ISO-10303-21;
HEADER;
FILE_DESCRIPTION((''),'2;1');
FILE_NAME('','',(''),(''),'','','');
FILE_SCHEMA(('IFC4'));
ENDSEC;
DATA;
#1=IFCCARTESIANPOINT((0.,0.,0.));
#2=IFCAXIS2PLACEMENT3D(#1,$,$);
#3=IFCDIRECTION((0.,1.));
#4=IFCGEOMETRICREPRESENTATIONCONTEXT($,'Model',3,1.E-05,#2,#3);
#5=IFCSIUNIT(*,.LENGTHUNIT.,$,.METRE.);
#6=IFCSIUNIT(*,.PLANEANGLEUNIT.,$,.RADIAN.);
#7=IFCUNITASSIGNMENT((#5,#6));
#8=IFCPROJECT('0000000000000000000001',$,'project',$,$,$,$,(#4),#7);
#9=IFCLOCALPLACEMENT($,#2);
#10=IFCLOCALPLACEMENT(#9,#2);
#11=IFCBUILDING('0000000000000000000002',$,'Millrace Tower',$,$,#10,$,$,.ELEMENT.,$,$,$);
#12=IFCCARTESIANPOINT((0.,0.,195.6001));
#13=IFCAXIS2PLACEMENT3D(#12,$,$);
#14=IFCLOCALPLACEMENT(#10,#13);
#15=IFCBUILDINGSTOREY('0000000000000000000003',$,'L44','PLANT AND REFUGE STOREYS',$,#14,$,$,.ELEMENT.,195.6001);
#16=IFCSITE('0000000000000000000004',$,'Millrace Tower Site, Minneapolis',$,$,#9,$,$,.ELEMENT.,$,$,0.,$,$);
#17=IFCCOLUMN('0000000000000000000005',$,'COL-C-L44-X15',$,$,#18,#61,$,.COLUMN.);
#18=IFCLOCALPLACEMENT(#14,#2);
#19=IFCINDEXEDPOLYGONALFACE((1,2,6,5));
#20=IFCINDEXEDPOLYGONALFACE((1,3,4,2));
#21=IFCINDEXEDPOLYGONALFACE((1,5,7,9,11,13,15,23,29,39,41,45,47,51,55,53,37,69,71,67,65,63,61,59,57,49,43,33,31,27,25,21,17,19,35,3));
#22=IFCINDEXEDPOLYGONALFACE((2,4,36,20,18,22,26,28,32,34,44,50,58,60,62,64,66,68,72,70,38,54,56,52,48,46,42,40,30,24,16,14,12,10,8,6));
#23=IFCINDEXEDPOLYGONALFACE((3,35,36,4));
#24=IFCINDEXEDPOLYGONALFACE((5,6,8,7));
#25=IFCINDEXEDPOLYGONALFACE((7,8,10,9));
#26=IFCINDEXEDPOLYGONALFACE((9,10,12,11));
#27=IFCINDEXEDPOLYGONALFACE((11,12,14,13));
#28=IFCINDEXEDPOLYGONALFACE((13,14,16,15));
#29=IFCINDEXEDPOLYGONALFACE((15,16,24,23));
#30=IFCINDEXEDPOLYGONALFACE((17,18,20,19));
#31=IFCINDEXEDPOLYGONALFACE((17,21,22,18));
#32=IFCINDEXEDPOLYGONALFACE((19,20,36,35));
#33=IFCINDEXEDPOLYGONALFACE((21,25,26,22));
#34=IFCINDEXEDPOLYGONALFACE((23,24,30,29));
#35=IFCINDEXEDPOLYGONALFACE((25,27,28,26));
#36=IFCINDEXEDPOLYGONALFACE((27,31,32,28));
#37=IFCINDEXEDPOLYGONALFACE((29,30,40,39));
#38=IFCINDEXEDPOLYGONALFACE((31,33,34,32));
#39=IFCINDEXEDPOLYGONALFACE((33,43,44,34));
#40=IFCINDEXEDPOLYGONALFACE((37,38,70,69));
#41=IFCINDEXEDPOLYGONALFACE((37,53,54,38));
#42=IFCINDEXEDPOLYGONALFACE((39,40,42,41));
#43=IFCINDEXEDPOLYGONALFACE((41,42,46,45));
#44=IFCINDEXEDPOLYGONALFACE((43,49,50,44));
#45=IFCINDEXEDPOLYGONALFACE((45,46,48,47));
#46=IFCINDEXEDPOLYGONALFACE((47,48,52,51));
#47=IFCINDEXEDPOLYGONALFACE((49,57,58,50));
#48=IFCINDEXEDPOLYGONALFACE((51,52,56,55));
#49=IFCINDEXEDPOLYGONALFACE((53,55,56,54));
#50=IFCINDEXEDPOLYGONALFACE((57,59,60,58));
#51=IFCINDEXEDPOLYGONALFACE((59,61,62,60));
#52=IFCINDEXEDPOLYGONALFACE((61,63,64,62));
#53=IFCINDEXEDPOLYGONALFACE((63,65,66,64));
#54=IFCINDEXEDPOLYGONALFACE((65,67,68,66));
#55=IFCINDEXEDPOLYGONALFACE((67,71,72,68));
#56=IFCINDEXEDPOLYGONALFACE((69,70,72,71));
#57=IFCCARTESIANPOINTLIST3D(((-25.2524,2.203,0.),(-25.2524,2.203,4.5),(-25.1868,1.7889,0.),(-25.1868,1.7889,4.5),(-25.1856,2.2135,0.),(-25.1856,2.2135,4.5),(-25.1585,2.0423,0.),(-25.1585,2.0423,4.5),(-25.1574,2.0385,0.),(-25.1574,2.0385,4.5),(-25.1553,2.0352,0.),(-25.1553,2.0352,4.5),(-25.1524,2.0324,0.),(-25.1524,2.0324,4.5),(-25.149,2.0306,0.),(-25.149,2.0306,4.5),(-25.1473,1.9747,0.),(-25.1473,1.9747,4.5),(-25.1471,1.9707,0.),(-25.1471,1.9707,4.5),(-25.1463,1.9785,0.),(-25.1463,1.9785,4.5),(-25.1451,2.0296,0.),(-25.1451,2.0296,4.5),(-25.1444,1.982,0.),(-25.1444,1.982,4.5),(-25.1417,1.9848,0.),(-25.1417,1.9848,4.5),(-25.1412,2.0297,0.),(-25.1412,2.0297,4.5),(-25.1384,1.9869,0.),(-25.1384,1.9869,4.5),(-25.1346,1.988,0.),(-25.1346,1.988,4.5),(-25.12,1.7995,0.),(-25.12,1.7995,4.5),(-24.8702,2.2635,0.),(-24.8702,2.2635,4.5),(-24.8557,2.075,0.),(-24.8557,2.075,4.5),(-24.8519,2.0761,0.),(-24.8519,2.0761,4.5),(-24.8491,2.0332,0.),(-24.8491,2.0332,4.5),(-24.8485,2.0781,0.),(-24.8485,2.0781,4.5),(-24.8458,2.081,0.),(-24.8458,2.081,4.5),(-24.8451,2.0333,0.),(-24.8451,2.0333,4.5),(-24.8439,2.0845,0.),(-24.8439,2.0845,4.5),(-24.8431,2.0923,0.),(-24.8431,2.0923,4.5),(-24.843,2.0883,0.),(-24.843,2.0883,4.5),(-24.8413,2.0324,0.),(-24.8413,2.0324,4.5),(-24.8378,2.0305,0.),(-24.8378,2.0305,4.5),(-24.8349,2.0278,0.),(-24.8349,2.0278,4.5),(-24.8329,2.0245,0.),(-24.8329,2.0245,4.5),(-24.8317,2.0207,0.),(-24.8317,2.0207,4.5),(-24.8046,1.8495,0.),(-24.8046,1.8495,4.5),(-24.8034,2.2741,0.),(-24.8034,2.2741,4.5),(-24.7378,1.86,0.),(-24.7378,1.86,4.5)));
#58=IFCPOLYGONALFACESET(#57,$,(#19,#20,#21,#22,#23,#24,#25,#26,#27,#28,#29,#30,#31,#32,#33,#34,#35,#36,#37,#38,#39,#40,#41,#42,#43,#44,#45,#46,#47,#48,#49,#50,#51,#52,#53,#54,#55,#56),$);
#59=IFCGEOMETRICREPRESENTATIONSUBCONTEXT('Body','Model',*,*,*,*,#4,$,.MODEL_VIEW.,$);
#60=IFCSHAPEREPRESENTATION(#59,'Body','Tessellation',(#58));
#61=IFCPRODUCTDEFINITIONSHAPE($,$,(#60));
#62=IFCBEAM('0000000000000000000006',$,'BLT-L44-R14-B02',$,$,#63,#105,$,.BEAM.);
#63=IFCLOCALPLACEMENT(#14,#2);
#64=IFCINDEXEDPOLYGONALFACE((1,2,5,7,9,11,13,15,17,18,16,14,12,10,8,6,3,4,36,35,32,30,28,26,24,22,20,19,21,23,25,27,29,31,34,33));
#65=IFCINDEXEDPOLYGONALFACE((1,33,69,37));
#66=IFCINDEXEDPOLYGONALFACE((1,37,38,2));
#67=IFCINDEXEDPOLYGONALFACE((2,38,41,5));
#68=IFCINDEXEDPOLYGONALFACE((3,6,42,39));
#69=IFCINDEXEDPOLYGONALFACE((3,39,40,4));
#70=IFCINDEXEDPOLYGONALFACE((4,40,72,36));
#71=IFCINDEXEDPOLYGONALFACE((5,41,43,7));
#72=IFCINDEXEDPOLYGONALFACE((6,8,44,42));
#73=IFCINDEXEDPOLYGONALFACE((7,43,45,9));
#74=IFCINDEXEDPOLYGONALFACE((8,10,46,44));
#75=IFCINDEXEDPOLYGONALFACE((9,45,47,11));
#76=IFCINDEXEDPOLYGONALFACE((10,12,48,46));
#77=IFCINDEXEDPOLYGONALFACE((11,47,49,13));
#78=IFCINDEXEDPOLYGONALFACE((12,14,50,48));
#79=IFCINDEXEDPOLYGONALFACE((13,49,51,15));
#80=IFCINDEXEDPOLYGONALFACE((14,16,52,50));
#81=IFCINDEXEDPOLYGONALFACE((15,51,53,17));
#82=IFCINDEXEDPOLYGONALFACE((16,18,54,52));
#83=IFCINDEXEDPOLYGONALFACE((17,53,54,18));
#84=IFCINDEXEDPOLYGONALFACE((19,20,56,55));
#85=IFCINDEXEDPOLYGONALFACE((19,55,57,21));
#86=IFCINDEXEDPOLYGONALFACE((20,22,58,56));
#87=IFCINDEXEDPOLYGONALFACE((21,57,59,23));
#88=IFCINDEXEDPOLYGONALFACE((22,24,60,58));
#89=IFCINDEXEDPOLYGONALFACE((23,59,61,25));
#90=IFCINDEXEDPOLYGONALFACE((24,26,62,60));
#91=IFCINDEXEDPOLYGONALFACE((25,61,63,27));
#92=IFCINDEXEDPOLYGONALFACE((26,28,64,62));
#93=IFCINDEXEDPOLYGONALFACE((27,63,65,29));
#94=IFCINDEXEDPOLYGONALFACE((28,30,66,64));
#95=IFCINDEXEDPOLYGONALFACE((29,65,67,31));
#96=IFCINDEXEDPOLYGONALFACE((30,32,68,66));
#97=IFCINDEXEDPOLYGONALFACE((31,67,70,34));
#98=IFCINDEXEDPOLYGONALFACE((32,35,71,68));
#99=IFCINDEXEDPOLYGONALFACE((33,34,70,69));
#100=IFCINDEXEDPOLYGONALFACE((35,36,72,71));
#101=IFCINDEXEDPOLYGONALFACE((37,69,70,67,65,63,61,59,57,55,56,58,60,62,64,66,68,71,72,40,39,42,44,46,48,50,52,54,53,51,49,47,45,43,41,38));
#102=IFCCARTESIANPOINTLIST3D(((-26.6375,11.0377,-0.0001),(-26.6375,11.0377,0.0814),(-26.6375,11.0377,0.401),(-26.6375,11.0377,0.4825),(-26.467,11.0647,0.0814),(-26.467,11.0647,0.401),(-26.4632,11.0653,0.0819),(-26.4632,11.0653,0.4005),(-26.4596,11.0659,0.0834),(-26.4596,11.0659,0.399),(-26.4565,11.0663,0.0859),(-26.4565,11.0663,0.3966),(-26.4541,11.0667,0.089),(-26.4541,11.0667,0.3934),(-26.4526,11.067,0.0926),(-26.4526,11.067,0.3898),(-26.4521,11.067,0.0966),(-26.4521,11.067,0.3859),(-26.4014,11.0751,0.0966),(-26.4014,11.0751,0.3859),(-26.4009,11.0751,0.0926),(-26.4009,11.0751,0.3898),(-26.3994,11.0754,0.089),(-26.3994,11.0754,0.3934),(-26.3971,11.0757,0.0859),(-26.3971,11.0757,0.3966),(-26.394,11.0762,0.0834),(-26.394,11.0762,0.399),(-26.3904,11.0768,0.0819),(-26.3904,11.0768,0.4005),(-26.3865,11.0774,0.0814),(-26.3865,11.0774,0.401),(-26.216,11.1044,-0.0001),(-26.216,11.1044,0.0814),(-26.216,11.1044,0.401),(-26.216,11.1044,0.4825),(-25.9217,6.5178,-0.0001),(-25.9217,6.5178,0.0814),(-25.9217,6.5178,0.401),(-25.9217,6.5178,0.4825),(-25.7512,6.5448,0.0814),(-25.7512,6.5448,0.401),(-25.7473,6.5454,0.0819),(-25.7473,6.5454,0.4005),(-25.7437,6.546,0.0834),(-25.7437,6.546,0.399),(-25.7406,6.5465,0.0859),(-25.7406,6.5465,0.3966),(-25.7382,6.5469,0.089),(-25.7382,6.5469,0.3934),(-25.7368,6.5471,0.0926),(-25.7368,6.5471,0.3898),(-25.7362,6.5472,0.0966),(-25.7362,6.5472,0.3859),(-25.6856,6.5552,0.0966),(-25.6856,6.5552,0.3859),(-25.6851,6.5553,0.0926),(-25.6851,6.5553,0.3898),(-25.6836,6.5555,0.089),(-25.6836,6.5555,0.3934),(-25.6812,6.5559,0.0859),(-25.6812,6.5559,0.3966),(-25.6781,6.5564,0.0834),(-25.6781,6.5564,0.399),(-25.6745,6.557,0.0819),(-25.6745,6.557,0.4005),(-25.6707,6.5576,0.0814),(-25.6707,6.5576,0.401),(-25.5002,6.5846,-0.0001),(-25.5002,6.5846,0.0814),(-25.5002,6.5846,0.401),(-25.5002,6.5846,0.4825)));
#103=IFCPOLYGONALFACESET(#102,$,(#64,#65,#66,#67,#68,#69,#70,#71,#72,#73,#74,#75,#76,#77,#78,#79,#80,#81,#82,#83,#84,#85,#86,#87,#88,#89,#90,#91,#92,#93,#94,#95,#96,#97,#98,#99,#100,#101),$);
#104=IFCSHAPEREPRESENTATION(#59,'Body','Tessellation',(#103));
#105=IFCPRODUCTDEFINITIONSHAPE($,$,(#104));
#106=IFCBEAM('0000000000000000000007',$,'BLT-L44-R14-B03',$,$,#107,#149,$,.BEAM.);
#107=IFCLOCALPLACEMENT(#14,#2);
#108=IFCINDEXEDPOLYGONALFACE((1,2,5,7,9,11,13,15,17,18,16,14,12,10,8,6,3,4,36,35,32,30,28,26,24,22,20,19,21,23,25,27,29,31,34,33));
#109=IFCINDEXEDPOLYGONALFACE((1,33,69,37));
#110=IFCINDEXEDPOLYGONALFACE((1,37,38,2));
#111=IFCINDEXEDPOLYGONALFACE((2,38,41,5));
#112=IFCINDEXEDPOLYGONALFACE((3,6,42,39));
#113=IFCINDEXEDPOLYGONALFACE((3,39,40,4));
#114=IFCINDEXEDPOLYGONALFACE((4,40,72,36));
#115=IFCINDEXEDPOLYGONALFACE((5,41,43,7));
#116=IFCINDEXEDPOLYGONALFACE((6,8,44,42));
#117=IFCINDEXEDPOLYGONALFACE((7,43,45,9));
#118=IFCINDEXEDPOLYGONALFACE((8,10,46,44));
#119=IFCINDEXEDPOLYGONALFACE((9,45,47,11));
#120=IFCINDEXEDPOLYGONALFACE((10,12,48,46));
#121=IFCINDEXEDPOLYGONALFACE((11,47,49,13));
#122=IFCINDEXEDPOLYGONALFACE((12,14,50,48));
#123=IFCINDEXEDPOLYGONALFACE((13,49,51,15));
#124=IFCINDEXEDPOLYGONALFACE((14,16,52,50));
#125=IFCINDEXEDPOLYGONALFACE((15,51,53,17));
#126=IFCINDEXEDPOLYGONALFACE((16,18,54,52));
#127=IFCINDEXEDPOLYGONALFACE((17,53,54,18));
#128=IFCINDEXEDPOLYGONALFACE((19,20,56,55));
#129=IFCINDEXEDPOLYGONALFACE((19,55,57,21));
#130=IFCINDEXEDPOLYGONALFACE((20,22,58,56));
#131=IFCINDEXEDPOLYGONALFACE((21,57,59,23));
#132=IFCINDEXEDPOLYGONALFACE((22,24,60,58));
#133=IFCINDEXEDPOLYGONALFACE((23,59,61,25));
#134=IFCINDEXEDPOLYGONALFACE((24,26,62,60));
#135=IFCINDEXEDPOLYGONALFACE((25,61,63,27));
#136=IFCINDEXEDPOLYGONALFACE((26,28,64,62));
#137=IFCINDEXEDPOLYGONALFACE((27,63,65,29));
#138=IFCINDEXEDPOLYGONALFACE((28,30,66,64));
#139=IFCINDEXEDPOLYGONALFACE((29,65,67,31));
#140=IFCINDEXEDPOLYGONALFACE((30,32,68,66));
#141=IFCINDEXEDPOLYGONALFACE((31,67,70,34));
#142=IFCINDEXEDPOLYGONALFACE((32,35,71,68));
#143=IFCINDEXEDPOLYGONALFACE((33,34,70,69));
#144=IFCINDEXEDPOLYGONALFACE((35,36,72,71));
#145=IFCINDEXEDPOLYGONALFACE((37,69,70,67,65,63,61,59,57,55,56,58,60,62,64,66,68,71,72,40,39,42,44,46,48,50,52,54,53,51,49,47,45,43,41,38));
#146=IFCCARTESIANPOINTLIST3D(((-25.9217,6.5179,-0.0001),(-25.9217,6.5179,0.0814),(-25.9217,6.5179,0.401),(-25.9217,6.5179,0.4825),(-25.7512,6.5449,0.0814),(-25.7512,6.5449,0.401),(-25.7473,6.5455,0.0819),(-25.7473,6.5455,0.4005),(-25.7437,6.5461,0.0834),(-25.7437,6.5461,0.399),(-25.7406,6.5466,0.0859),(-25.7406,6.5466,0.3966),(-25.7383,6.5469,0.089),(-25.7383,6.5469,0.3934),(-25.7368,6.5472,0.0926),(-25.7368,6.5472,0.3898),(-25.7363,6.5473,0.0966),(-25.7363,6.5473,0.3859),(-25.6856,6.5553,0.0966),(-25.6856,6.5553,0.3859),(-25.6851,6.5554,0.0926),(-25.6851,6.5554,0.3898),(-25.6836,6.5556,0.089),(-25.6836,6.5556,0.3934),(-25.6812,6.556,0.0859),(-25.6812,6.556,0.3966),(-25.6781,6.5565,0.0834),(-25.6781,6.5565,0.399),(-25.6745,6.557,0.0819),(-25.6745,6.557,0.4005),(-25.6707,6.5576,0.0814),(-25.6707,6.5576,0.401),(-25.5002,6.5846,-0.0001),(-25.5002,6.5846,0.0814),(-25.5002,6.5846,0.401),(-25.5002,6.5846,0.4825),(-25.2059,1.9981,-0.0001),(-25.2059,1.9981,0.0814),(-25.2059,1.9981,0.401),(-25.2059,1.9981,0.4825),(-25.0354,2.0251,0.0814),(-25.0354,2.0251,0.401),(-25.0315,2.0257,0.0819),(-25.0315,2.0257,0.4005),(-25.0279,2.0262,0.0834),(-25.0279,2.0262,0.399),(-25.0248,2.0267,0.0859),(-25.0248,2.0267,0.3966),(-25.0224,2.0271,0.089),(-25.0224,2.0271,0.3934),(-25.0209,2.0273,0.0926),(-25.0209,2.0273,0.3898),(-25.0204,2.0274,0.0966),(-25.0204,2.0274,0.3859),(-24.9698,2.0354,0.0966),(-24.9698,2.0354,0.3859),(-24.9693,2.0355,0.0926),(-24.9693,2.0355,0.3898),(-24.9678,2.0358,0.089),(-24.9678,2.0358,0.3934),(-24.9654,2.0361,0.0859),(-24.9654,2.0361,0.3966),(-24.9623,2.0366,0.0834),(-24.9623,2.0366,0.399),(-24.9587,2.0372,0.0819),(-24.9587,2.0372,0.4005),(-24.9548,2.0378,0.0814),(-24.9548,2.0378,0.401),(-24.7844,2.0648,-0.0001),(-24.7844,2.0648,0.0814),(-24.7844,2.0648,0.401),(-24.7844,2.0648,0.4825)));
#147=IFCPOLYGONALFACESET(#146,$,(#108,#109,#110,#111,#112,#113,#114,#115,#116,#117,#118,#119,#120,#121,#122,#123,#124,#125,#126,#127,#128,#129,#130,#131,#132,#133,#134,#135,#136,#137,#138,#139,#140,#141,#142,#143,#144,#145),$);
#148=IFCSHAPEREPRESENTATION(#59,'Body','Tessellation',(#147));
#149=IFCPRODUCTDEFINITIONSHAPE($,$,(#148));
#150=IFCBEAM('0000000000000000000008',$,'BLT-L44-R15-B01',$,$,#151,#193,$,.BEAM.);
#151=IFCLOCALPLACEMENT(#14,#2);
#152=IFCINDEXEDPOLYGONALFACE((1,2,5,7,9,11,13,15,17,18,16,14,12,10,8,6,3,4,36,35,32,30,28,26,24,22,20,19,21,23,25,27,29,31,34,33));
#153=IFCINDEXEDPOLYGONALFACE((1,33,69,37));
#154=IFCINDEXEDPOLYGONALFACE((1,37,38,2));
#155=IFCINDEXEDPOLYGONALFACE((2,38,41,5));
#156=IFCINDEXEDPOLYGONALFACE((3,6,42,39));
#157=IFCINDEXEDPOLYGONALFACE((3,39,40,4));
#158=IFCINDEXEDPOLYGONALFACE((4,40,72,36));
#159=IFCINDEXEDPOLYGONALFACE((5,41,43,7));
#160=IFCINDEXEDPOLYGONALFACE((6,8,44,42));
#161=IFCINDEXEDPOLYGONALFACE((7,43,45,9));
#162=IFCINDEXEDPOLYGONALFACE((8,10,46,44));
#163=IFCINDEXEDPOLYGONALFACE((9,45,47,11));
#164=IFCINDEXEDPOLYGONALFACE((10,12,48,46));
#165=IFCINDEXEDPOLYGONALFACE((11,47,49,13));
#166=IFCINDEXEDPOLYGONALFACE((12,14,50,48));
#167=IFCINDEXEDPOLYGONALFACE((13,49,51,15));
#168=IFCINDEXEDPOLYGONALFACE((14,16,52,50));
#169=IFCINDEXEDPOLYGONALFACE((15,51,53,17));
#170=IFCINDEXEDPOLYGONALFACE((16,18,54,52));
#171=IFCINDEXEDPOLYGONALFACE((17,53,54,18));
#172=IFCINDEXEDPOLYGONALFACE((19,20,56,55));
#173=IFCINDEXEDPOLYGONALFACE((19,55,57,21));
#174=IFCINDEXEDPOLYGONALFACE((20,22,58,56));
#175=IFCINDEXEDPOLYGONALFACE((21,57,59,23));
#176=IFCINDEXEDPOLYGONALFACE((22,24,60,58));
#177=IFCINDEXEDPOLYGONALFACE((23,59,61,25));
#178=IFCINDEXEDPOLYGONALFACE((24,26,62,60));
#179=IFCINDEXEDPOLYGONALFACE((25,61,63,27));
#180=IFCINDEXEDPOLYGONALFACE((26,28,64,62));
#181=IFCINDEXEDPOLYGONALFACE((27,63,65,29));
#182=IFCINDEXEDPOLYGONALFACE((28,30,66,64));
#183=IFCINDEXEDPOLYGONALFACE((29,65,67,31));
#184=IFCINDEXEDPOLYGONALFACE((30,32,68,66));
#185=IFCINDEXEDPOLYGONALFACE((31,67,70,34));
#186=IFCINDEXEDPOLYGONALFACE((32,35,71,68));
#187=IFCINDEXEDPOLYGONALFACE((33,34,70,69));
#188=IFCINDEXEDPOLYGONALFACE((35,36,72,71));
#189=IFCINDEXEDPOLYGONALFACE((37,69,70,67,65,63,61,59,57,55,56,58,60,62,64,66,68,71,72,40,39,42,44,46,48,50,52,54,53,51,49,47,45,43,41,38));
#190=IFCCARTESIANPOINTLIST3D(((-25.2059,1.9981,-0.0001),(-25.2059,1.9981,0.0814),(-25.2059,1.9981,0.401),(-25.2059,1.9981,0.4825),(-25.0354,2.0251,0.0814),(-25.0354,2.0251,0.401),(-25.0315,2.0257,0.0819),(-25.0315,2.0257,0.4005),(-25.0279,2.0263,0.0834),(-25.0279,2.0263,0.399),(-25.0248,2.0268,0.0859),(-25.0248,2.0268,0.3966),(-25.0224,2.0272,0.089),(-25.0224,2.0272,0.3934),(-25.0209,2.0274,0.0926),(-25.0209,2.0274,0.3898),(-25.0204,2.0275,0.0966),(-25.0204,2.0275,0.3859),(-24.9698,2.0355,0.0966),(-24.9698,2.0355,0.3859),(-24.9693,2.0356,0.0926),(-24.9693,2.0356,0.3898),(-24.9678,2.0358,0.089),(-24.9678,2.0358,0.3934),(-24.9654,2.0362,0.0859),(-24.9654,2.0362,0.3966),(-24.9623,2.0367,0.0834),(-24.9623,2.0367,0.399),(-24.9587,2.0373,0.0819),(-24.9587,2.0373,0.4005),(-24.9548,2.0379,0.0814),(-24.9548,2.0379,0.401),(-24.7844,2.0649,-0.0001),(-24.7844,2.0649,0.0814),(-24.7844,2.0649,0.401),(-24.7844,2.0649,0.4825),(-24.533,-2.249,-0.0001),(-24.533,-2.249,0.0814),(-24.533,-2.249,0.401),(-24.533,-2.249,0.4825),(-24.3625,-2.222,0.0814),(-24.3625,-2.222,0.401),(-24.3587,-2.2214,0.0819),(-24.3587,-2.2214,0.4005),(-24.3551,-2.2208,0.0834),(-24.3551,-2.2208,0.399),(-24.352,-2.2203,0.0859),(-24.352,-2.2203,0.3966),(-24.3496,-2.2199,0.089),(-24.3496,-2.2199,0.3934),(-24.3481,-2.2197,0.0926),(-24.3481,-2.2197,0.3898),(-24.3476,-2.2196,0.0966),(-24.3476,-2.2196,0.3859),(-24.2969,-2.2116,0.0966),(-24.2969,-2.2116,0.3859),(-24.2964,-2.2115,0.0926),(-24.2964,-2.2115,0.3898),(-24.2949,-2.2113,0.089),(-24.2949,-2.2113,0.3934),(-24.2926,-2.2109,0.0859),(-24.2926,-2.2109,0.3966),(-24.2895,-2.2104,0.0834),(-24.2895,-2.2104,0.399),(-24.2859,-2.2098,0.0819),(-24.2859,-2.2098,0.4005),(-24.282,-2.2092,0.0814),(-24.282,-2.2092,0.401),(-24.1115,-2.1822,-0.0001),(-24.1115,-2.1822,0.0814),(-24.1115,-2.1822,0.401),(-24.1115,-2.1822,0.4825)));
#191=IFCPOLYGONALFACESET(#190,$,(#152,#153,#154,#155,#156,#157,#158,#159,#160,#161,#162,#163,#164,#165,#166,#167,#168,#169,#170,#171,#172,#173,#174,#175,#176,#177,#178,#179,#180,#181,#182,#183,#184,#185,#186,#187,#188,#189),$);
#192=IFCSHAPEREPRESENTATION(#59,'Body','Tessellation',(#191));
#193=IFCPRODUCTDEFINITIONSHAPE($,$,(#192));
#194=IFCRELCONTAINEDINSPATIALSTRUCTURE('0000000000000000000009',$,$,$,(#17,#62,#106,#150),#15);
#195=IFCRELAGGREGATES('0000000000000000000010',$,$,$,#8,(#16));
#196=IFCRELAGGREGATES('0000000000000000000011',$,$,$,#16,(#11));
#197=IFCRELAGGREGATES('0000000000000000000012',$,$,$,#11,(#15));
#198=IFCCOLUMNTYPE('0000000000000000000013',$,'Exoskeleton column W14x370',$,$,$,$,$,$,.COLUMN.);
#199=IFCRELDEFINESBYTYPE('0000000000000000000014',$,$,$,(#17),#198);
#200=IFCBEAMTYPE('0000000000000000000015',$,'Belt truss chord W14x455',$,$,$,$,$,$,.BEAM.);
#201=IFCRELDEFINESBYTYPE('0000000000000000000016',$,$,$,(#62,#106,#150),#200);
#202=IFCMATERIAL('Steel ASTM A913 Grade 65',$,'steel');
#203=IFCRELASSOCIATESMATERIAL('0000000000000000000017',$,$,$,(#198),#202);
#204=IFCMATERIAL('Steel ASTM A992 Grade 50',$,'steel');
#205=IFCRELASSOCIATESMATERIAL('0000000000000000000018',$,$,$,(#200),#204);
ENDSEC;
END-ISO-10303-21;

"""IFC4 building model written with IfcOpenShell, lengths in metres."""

from ifc_helpers import new_model, si_unit, direction, frame, origin, origin_2d, place, context, subcontext, project, spatial, i_section, extrude, material, material_profile, profile_set, type_object, element, save


model = new_model("IFC4")

# Units and contexts
model_context = context("Model", 3, precision=1e-05, world=origin(), true_north=direction((0.0, 1.0)))
body_context = subcontext(model_context, "Body", "Model", "MODEL_VIEW")
ifc_project = project(units=[si_unit("LENGTHUNIT", "METRE"), si_unit("PLANEANGLEUNIT", "RADIAN")], contexts=[model_context])

# Site, building, storey
site_placement = place(None, origin())
site = spatial("IfcSite", under=ifc_project, at=site_placement, Name="Millrace Tower Site, Minneapolis", CompositionType="ELEMENT", RefElevation=0.0)
building_placement = place(site_placement, origin())
building = spatial("IfcBuilding", under=site, at=building_placement, Name="Millrace Tower", CompositionType="ELEMENT")
storey_placement = place(building_placement, frame((0.0, 0.0, 195.6001)))
storey = spatial("IfcBuildingStorey", under=building, at=storey_placement, Name="L44", Description="PLANT AND REFUGE STOREYS", CompositionType="ELEMENT", Elevation=195.6001)

# Column
ifc_material_1 = material(Name="Steel ASTM A913 Grade 65", Category="steel")
ifc_material_profile_1 = material_profile(ifc_material_1, i_section(OverallWidth=0.4192, OverallDepth=0.4546, WebThickness=0.0422, FlangeThickness=0.0676, FilletRadius=0.0151, at=origin_2d()))
ifc_profile_set_1 = profile_set([ifc_material_profile_1], Name="Steel ASTM A913 Grade 65")
column_type = type_object("IfcColumnType", Name="Exoskeleton column W14x370", PredefinedType="COLUMN", material=ifc_profile_set_1)
column_placement = place(storey_placement, frame((-24.9951, 2.0315, 0.0), z_axis=(0.0, 0.0, 1.0), x_axis=(0.156434, -0.987688, 0.0)))
element("IfcColumn", 1, at=column_placement, inside=storey, type_object=column_type, Name="COL-C-L44-X15", PredefinedType="COLUMN", context=body_context, shape_type="SweptSolid", body=[
    extrude(i_section(OverallWidth=0.4192, OverallDepth=0.4546, WebThickness=0.0422, FlangeThickness=0.0676, FilletRadius=0.0151, at=origin_2d()), origin(), (0.0, 0.0, 1.0), 4.5),
])

# Beams
ifc_material_2 = material(Name="Steel ASTM A992 Grade 50", Category="steel")
ifc_material_profile_2 = material_profile(ifc_material_2, i_section(OverallWidth=0.4268, OverallDepth=0.4827, WebThickness=0.0513, FlangeThickness=0.0815, FilletRadius=0.0151, at=origin_2d()))
ifc_profile_set_2 = profile_set([ifc_material_profile_2], Name="Steel ASTM A992 Grade 50")
beam_type_1 = type_object("IfcBeamType", Name="Belt truss chord W14x455", PredefinedType="BEAM", material=ifc_profile_set_2)
for number, where, z_axis, x_axis, name in (
    (2, (-26.4268, 11.071, 0.2412), (0.156426, -0.98769, 0.0), (0.98769, 0.156426, 0.0), "BLT-L44-R14-B02"),
    (3, (-25.7109, 6.5513, 0.2412), (0.156426, -0.98769, 0.0), (0.98769, 0.156426, 0.0), "BLT-L44-R14-B03"),
):
    element("IfcBeam", number, at=place(storey_placement, frame(where, z_axis=z_axis, x_axis=x_axis)), inside=storey, type_object=beam_type_1, Name=name, PredefinedType="BEAM", context=body_context, shape_type="SweptSolid", body=[
        extrude(i_section(OverallWidth=0.4268, OverallDepth=0.4827, WebThickness=0.0513, FlangeThickness=0.0815, FilletRadius=0.0151, at=origin_2d()), origin(), (0.0, 0.0, 1.0), 4.5762),
    ])
beam_1_placement = place(storey_placement, frame((-24.9951, 2.0315, 0.2412), z_axis=(0.156476, -0.987682, 0.0), x_axis=(0.987682, 0.156476, 0.0)))
element("IfcBeam", 4, at=beam_1_placement, inside=storey, type_object=beam_type_1, Name="BLT-L44-R15-B01", PredefinedType="BEAM", context=body_context, shape_type="SweptSolid", body=[
    extrude(i_section(OverallWidth=0.4268, OverallDepth=0.4827, WebThickness=0.0513, FlangeThickness=0.0815, FilletRadius=0.0151, at=origin_2d()), origin(), (0.0, 0.0, 1.0), 4.3),
])

save(model, "model.ifc")
